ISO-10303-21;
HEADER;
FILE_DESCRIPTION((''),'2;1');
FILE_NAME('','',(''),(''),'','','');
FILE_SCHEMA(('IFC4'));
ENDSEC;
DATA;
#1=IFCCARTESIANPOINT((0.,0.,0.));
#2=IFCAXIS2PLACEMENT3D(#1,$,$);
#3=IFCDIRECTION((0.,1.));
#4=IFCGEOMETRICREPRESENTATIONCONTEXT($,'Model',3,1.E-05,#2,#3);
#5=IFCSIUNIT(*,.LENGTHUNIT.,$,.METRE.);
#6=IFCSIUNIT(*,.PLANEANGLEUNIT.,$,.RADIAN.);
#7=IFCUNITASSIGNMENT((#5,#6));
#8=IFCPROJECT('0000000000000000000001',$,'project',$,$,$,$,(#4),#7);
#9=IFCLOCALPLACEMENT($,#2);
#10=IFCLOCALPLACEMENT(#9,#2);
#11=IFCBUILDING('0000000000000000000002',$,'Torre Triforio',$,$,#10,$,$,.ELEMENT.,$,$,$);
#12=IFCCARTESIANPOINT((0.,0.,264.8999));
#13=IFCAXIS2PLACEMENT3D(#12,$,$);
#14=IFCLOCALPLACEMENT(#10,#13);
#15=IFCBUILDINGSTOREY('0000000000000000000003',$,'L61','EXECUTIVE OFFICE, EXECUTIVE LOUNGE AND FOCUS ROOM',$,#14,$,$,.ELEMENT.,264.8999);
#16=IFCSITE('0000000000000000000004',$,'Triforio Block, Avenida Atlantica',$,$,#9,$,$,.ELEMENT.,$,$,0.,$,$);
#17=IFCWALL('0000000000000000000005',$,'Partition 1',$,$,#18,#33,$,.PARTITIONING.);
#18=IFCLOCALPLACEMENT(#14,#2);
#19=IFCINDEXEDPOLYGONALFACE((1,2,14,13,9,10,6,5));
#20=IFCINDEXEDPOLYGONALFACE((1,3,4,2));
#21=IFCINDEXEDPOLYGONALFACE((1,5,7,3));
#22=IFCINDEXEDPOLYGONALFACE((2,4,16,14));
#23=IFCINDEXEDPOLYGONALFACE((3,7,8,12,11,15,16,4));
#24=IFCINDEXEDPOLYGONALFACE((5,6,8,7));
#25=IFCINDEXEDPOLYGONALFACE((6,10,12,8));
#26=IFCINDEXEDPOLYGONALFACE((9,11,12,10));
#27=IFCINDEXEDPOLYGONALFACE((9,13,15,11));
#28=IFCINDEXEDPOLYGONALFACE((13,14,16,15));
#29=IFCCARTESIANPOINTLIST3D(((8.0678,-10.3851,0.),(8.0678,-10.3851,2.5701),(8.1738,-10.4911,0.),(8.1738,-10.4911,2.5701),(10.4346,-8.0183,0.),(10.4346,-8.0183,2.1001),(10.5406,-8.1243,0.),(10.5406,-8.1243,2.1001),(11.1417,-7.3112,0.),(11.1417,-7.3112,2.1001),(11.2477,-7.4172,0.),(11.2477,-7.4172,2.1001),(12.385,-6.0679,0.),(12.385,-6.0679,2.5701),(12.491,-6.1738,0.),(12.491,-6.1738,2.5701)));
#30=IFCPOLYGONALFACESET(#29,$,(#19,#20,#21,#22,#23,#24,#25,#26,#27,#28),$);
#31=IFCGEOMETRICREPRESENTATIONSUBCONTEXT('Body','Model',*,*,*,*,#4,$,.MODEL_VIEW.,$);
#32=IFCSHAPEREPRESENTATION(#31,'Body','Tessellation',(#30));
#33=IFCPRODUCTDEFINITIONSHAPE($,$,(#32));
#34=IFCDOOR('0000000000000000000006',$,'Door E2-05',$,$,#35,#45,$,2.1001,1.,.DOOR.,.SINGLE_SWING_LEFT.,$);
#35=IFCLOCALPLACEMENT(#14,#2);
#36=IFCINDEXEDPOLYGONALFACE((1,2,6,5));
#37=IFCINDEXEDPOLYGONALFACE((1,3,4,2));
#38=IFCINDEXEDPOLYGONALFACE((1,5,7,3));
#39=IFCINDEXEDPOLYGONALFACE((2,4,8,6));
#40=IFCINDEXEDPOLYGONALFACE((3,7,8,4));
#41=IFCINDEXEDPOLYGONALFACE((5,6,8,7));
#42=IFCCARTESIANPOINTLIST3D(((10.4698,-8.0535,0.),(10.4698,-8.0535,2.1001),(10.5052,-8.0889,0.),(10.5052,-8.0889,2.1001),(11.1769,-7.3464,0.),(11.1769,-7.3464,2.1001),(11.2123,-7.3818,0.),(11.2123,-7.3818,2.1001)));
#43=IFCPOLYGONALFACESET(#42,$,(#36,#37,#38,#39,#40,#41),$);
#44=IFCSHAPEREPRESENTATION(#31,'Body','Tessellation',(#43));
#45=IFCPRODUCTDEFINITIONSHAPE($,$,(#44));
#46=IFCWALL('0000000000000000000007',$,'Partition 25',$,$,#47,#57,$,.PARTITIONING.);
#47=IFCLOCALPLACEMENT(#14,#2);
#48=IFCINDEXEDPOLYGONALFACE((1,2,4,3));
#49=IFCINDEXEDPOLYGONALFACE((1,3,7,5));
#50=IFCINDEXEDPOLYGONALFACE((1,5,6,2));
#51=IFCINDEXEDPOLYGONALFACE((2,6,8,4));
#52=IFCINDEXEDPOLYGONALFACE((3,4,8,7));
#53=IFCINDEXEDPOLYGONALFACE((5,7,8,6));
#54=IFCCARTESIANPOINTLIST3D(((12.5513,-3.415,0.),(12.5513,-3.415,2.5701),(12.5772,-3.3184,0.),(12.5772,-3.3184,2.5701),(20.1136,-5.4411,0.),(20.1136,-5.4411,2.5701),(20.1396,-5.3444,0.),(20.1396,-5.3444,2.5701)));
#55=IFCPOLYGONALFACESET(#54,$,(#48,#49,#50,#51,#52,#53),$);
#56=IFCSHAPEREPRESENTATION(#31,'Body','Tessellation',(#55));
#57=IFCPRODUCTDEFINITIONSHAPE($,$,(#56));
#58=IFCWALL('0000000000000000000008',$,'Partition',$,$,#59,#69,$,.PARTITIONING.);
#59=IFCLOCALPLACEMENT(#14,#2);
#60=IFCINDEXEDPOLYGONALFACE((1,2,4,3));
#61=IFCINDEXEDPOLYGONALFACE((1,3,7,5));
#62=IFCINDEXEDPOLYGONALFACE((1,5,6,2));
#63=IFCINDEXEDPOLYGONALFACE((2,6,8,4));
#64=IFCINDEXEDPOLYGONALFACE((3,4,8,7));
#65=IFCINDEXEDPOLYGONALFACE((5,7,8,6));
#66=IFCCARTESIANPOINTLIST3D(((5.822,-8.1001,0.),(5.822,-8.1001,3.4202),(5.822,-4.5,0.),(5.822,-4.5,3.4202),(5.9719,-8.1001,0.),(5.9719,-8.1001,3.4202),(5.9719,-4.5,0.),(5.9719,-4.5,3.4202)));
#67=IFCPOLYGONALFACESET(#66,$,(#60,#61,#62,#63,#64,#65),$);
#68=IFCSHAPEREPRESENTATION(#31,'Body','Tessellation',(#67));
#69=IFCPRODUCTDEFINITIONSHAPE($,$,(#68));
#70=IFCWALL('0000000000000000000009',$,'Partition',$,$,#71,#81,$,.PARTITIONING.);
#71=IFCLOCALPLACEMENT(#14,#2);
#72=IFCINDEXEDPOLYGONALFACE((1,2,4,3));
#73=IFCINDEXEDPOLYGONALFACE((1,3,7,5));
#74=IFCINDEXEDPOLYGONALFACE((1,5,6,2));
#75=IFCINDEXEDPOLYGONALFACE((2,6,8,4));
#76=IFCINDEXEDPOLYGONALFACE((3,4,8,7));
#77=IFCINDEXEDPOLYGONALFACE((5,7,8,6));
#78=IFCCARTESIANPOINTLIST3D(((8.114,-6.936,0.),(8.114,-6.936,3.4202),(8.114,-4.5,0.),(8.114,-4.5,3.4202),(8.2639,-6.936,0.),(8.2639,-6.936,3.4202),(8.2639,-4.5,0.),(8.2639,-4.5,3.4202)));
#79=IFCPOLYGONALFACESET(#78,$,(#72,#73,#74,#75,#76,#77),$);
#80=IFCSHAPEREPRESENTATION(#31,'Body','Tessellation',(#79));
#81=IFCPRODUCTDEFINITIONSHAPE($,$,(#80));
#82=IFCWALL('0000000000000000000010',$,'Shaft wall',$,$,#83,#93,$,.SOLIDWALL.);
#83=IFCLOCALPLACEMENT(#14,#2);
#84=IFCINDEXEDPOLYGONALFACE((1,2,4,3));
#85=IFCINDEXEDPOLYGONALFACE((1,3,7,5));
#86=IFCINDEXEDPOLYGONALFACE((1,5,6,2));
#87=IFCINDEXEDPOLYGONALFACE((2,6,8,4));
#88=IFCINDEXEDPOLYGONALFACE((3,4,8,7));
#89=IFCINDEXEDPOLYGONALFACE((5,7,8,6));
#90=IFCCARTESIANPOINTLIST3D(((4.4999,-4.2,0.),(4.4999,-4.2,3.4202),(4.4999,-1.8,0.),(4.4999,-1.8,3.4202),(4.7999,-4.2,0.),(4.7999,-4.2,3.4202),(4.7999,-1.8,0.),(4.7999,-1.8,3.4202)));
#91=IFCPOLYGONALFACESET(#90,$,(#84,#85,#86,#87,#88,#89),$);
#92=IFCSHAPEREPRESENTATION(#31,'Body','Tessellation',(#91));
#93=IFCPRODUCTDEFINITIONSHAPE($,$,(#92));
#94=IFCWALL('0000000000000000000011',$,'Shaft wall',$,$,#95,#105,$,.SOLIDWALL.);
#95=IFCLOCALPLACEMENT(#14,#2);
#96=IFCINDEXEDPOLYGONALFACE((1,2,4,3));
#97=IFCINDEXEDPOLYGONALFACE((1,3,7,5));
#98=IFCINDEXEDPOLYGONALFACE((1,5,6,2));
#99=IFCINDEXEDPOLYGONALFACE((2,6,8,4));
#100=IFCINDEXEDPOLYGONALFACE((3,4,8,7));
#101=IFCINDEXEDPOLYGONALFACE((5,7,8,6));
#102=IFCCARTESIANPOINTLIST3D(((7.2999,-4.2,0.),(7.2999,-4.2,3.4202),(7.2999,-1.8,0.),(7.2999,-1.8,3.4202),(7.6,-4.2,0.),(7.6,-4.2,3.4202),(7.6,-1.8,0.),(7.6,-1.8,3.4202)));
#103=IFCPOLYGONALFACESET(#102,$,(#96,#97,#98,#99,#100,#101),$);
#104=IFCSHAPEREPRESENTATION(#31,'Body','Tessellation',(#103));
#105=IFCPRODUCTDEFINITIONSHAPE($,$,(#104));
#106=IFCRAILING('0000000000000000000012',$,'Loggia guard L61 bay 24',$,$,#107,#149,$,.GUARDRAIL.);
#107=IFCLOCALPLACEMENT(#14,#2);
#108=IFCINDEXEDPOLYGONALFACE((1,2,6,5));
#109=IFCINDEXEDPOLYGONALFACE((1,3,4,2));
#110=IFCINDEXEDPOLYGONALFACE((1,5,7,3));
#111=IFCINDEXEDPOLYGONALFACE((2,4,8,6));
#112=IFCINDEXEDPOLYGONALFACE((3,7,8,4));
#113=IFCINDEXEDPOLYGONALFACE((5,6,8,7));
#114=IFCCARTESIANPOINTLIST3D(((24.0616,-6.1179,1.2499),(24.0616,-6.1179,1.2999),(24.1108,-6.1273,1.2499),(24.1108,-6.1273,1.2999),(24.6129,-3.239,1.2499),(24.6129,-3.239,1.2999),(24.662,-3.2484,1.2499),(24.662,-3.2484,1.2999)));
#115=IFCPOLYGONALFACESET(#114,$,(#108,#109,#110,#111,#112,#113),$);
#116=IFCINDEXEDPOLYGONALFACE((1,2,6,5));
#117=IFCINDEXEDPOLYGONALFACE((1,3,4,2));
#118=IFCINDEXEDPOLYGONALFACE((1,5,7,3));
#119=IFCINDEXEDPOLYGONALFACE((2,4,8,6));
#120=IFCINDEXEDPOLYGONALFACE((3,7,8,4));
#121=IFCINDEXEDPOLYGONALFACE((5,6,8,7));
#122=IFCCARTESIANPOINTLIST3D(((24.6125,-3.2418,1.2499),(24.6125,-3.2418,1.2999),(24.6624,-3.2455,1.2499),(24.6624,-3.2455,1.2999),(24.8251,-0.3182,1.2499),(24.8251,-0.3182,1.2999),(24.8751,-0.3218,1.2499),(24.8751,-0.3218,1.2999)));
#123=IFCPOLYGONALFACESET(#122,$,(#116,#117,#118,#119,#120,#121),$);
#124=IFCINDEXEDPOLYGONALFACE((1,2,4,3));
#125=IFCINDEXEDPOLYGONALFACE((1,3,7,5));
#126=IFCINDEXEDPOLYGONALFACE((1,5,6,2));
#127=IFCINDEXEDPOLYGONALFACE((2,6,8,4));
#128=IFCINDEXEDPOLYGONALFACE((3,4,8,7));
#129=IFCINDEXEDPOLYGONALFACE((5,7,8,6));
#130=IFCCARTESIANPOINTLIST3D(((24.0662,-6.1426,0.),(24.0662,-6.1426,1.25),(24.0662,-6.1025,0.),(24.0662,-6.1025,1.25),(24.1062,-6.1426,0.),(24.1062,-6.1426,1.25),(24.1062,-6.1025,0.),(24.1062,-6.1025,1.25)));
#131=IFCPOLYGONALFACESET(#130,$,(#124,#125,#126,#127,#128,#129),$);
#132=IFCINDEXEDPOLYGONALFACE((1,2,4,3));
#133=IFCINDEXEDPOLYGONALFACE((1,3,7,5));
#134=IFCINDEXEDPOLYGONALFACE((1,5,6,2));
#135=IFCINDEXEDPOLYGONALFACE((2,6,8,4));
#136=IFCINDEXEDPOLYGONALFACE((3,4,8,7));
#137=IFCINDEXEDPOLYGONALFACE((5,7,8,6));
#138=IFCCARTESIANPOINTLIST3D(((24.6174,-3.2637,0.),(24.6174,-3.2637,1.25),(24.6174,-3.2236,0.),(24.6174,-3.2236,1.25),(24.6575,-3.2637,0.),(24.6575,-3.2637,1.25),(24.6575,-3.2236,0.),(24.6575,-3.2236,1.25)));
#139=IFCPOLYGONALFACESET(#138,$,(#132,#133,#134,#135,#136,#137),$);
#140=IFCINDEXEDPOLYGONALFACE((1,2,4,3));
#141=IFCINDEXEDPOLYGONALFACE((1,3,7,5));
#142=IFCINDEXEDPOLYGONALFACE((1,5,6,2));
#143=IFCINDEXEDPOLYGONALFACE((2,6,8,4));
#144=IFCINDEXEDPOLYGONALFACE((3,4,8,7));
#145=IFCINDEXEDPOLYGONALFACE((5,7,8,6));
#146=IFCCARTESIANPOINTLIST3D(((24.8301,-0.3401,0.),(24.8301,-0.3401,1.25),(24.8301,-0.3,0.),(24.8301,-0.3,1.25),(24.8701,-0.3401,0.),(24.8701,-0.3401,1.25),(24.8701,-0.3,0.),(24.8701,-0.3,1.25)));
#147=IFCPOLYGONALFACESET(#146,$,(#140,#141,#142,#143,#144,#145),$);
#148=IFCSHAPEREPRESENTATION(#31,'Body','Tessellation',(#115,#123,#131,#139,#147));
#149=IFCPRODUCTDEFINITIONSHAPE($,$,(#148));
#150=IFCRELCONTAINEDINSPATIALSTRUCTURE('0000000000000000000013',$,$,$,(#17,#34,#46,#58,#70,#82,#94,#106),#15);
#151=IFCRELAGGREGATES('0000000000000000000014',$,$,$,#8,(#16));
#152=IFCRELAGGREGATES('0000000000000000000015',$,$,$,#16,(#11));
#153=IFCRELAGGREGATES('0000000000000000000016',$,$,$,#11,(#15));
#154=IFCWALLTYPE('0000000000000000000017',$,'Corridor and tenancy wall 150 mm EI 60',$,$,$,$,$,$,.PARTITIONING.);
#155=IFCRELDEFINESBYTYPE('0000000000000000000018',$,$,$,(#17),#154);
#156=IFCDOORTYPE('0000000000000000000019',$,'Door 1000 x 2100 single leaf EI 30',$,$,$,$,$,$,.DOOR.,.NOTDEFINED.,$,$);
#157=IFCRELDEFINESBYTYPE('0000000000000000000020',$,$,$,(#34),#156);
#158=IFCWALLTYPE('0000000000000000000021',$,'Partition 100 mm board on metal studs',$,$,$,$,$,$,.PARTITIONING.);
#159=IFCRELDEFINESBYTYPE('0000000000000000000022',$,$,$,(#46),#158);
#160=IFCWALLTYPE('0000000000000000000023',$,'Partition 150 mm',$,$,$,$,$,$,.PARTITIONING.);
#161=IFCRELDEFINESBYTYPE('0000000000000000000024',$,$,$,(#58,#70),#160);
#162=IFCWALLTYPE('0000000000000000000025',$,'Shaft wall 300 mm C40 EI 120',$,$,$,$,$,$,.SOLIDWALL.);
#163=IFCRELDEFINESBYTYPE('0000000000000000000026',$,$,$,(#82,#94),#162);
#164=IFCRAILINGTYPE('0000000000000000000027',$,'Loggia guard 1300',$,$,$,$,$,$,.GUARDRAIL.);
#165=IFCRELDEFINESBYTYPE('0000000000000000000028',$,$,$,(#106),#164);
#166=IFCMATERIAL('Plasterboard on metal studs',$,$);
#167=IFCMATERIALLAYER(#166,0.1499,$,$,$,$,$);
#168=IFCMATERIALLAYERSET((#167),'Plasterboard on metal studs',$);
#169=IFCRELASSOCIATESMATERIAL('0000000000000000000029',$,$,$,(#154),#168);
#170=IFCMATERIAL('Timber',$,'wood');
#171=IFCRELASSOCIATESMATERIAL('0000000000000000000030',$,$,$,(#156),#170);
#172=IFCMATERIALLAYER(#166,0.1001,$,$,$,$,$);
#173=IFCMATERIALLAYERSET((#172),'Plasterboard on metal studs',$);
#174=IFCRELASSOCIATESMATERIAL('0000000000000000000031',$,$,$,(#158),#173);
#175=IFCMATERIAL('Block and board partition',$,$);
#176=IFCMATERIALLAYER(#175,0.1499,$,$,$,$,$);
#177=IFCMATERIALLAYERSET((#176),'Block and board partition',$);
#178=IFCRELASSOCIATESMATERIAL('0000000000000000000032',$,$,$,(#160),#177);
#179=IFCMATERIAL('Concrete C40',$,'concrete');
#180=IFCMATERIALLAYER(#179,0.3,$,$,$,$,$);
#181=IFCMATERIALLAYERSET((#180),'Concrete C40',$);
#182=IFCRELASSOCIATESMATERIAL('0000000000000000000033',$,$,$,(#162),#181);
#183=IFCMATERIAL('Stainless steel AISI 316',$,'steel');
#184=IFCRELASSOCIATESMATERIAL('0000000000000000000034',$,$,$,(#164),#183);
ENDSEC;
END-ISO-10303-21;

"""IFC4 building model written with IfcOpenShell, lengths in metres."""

from ifc_helpers import new_model, si_unit, direction, frame, frame_2d, origin, origin_2d, place, context, subcontext, project, spatial, rectangle, extrude, material, layer, layer_set, type_object, element, fill, save


model = new_model("IFC4")

# Units and contexts
model_context = context("Model", 3, precision=1e-05, world=origin(), true_north=direction((0.0, 1.0)))
body_context = subcontext(model_context, "Body", "Model", "MODEL_VIEW")
ifc_project = project(units=[si_unit("LENGTHUNIT", "METRE"), si_unit("PLANEANGLEUNIT", "RADIAN")], contexts=[model_context])

# Site, building, storey
site_placement = place(None, origin())
site = spatial("IfcSite", under=ifc_project, at=site_placement, Name="Triforio Block, Avenida Atlantica", CompositionType="ELEMENT", RefElevation=0.0)
building_placement = place(site_placement, origin())
building = spatial("IfcBuilding", under=site, at=building_placement, Name="Torre Triforio", CompositionType="ELEMENT")
storey_placement = place(building_placement, frame((0.0, 0.0, 264.8999)))
storey = spatial("IfcBuildingStorey", under=building, at=storey_placement, Name="L61", Description="EXECUTIVE OFFICE, EXECUTIVE LOUNGE AND FOCUS ROOM", CompositionType="ELEMENT", Elevation=264.8999)

# Shared definitions
ifc_material_1 = material(Name="Concrete C40", Category="concrete")

# Wall, opening, door
ifc_material_2 = material(Name="Plasterboard on metal studs")
ifc_layer_1 = layer(ifc_material_2, 0.1499)
ifc_layer_set_1 = layer_set([ifc_layer_1], Name="Plasterboard on metal studs")
wall_type_1 = type_object("IfcWallType", Name="Corridor and tenancy wall 150 mm EI 60", PredefinedType="PARTITIONING", material=ifc_layer_set_1)
wall_1_placement = place(storey_placement, frame((12.438, -6.1208, 0.0), z_axis=(0.0, 0.0, 1.0), x_axis=(-0.707107, -0.707107, 0.0)))
wall_1 = element("IfcWall", 1, at=wall_1_placement, inside=storey, type_object=wall_type_1, Name="Partition 1", PredefinedType="PARTITIONING", context=body_context, shape_type="SweptSolid", body=[
    extrude(rectangle(XDim=6.1055, YDim=0.1499, at=frame_2d((3.0527, 0.0))), origin(), (0.0, 0.0, 1.0), 2.5701),
])
opening_1_placement = place(wall_1_placement, frame((1.7583, 0.0, 0.0)))
opening_1 = element("IfcOpeningElement", 2, at=opening_1_placement, cuts=wall_1, PredefinedType="OPENING", context=body_context, shape_type="SweptSolid", body=[
    extrude(rectangle(XDim=1.0, YDim=2.1001, at=frame_2d((0.5, 1.05))), frame((0.0, 0.085, 0.0), z_axis=(0.0, -1.0, 0.0), x_axis=(1.0, 0.0, 0.0)), (0.0, 0.0, 1.0), 0.1699),
])
ifc_material_3 = material(Name="Timber", Category="wood")
door_type_1 = type_object("IfcDoorType", Name="Door 1000 x 2100 single leaf EI 30", OperationType="NOTDEFINED", PredefinedType="DOOR", material=ifc_material_3)
door_1_placement = place(opening_1_placement, origin())
door_1 = element("IfcDoor", 3, at=door_1_placement, inside=storey, type_object=door_type_1, Name="Door E2-05", OperationType="SINGLE_SWING_LEFT", OverallHeight=2.1001, OverallWidth=1.0, PredefinedType="DOOR", context=body_context, shape_type="SweptSolid", body=[
    extrude(rectangle(XDim=1.0, YDim=2.1001, at=frame_2d((0.5, 1.05))), frame((0.0, 0.0249, 0.0), z_axis=(0.0, -1.0, 0.0), x_axis=(1.0, 0.0, 0.0)), (0.0, 0.0, 1.0), 0.05),
])
fill(opening_1, door_1)

# Walls
ifc_layer_2 = layer(ifc_material_2, 0.1001)
ifc_layer_set_2 = layer_set([ifc_layer_2], Name="Plasterboard on metal studs")
wall_type_2 = type_object("IfcWallType", Name="Partition 100 mm board on metal studs", PredefinedType="PARTITIONING", material=ifc_layer_set_2)
wall_2_placement = place(storey_placement, frame((12.5642, -3.3667, 0.0), z_axis=(0.0, 0.0, 1.0), x_axis=(0.965934, -0.25879, 0.0)))
element("IfcWall", 4, at=wall_2_placement, inside=storey, type_object=wall_type_2, Name="Partition 25", PredefinedType="PARTITIONING", context=body_context, shape_type="SweptSolid", body=[
    extrude(rectangle(XDim=7.8291, YDim=0.1001, at=frame_2d((3.9146, 0.0))), origin(), (0.0, 0.0, 1.0), 2.5701),
])
ifc_material_4 = material(Name="Block and board partition")
ifc_layer_3 = layer(ifc_material_4, 0.1499)
ifc_layer_set_3 = layer_set([ifc_layer_3], Name="Block and board partition")
wall_type_3 = type_object("IfcWallType", Name="Partition 150 mm", PredefinedType="PARTITIONING", material=ifc_layer_set_3)
wall_3_placement = place(storey_placement, frame((5.897, -8.1001, 0.0), z_axis=(0.0, 0.0, 1.0), x_axis=(0.0, 1.0, 0.0)))
element("IfcWall", 5, at=wall_3_placement, inside=storey, type_object=wall_type_3, Name="Partition", PredefinedType="PARTITIONING", context=body_context, shape_type="SweptSolid", body=[
    extrude(rectangle(XDim=3.6001, YDim=0.1499, at=frame_2d((1.8, 0.0))), origin(), (0.0, 0.0, 1.0), 3.4202),
])
wall_4_placement = place(storey_placement, frame((8.189, -6.936, 0.0), z_axis=(0.0, 0.0, 1.0), x_axis=(0.0, 1.0, 0.0)))
element("IfcWall", 6, at=wall_4_placement, inside=storey, type_object=wall_type_3, Name="Partition", PredefinedType="PARTITIONING", context=body_context, shape_type="SweptSolid", body=[
    extrude(rectangle(XDim=2.436, YDim=0.1499, at=frame_2d((1.218, 0.0))), origin(), (0.0, 0.0, 1.0), 3.4202),
])
ifc_layer_4 = layer(ifc_material_1, 0.3)
ifc_layer_set_4 = layer_set([ifc_layer_4], Name="Concrete C40")
wall_type_4 = type_object("IfcWallType", Name="Shaft wall 300 mm C40 EI 120", PredefinedType="SOLIDWALL", material=ifc_layer_set_4)
for number, where, z_axis, x_axis, name in (
    (7, (4.6499, -4.2, 0.0), (0.0, 0.0, 1.0), (0.0, 1.0, 0.0), "Shaft wall"),
    (8, (7.45, -4.2, 0.0), (0.0, 0.0, 1.0), (0.0, 1.0, 0.0), "Shaft wall"),
):
    element("IfcWall", number, at=place(storey_placement, frame(where, z_axis=z_axis, x_axis=x_axis)), inside=storey, type_object=wall_type_4, Name=name, PredefinedType="SOLIDWALL", context=body_context, shape_type="SweptSolid", body=[
        extrude(rectangle(XDim=2.3999, YDim=0.3, at=frame_2d((1.2, 0.0))), origin(), (0.0, 0.0, 1.0), 3.4202),
    ])

# Railing
ifc_material_5 = material(Name="Stainless steel AISI 316", Category="steel")
railing_type = type_object("IfcRailingType", Name="Loggia guard 1300", PredefinedType="GUARDRAIL", material=ifc_material_5)
railing_placement = place(storey_placement, frame((24.0862, -6.1226, 0.0)))
element("IfcRailing", 9, at=railing_placement, inside=storey, type_object=railing_type, Name="Loggia guard L61 bay 24", PredefinedType="GUARDRAIL", context=body_context, shape_type="SweptSolid", body=[
    extrude(rectangle(XDim=0.05, YDim=0.05, at=origin_2d()), frame((0.0, 0.0, 1.2749), z_axis=(0.188069, 0.982156, 0.0), x_axis=(-0.982156, 0.188069, 0.0)), (0.0, 0.0, 1.0), 2.9312),
    extrude(rectangle(XDim=0.05, YDim=0.05, at=origin_2d()), frame((0.5513, 2.8789, 1.2749), z_axis=(0.072543, 0.997365, 0.0), x_axis=(-0.997365, 0.072543, 0.0)), (0.0, 0.0, 1.0), 2.9314),
    extrude(rectangle(XDim=0.04, YDim=0.04, at=origin_2d()), origin(), (0.0, 0.0, 1.0), 1.25),
    extrude(rectangle(XDim=0.04, YDim=0.04, at=origin_2d()), frame((0.5513, 2.8789, 0.0)), (0.0, 0.0, 1.0), 1.25),
    extrude(rectangle(XDim=0.04, YDim=0.04, at=origin_2d()), frame((0.7639, 5.8025, 0.0)), (0.0, 0.0, 1.0), 1.25),
])

save(model, "model.ifc")
